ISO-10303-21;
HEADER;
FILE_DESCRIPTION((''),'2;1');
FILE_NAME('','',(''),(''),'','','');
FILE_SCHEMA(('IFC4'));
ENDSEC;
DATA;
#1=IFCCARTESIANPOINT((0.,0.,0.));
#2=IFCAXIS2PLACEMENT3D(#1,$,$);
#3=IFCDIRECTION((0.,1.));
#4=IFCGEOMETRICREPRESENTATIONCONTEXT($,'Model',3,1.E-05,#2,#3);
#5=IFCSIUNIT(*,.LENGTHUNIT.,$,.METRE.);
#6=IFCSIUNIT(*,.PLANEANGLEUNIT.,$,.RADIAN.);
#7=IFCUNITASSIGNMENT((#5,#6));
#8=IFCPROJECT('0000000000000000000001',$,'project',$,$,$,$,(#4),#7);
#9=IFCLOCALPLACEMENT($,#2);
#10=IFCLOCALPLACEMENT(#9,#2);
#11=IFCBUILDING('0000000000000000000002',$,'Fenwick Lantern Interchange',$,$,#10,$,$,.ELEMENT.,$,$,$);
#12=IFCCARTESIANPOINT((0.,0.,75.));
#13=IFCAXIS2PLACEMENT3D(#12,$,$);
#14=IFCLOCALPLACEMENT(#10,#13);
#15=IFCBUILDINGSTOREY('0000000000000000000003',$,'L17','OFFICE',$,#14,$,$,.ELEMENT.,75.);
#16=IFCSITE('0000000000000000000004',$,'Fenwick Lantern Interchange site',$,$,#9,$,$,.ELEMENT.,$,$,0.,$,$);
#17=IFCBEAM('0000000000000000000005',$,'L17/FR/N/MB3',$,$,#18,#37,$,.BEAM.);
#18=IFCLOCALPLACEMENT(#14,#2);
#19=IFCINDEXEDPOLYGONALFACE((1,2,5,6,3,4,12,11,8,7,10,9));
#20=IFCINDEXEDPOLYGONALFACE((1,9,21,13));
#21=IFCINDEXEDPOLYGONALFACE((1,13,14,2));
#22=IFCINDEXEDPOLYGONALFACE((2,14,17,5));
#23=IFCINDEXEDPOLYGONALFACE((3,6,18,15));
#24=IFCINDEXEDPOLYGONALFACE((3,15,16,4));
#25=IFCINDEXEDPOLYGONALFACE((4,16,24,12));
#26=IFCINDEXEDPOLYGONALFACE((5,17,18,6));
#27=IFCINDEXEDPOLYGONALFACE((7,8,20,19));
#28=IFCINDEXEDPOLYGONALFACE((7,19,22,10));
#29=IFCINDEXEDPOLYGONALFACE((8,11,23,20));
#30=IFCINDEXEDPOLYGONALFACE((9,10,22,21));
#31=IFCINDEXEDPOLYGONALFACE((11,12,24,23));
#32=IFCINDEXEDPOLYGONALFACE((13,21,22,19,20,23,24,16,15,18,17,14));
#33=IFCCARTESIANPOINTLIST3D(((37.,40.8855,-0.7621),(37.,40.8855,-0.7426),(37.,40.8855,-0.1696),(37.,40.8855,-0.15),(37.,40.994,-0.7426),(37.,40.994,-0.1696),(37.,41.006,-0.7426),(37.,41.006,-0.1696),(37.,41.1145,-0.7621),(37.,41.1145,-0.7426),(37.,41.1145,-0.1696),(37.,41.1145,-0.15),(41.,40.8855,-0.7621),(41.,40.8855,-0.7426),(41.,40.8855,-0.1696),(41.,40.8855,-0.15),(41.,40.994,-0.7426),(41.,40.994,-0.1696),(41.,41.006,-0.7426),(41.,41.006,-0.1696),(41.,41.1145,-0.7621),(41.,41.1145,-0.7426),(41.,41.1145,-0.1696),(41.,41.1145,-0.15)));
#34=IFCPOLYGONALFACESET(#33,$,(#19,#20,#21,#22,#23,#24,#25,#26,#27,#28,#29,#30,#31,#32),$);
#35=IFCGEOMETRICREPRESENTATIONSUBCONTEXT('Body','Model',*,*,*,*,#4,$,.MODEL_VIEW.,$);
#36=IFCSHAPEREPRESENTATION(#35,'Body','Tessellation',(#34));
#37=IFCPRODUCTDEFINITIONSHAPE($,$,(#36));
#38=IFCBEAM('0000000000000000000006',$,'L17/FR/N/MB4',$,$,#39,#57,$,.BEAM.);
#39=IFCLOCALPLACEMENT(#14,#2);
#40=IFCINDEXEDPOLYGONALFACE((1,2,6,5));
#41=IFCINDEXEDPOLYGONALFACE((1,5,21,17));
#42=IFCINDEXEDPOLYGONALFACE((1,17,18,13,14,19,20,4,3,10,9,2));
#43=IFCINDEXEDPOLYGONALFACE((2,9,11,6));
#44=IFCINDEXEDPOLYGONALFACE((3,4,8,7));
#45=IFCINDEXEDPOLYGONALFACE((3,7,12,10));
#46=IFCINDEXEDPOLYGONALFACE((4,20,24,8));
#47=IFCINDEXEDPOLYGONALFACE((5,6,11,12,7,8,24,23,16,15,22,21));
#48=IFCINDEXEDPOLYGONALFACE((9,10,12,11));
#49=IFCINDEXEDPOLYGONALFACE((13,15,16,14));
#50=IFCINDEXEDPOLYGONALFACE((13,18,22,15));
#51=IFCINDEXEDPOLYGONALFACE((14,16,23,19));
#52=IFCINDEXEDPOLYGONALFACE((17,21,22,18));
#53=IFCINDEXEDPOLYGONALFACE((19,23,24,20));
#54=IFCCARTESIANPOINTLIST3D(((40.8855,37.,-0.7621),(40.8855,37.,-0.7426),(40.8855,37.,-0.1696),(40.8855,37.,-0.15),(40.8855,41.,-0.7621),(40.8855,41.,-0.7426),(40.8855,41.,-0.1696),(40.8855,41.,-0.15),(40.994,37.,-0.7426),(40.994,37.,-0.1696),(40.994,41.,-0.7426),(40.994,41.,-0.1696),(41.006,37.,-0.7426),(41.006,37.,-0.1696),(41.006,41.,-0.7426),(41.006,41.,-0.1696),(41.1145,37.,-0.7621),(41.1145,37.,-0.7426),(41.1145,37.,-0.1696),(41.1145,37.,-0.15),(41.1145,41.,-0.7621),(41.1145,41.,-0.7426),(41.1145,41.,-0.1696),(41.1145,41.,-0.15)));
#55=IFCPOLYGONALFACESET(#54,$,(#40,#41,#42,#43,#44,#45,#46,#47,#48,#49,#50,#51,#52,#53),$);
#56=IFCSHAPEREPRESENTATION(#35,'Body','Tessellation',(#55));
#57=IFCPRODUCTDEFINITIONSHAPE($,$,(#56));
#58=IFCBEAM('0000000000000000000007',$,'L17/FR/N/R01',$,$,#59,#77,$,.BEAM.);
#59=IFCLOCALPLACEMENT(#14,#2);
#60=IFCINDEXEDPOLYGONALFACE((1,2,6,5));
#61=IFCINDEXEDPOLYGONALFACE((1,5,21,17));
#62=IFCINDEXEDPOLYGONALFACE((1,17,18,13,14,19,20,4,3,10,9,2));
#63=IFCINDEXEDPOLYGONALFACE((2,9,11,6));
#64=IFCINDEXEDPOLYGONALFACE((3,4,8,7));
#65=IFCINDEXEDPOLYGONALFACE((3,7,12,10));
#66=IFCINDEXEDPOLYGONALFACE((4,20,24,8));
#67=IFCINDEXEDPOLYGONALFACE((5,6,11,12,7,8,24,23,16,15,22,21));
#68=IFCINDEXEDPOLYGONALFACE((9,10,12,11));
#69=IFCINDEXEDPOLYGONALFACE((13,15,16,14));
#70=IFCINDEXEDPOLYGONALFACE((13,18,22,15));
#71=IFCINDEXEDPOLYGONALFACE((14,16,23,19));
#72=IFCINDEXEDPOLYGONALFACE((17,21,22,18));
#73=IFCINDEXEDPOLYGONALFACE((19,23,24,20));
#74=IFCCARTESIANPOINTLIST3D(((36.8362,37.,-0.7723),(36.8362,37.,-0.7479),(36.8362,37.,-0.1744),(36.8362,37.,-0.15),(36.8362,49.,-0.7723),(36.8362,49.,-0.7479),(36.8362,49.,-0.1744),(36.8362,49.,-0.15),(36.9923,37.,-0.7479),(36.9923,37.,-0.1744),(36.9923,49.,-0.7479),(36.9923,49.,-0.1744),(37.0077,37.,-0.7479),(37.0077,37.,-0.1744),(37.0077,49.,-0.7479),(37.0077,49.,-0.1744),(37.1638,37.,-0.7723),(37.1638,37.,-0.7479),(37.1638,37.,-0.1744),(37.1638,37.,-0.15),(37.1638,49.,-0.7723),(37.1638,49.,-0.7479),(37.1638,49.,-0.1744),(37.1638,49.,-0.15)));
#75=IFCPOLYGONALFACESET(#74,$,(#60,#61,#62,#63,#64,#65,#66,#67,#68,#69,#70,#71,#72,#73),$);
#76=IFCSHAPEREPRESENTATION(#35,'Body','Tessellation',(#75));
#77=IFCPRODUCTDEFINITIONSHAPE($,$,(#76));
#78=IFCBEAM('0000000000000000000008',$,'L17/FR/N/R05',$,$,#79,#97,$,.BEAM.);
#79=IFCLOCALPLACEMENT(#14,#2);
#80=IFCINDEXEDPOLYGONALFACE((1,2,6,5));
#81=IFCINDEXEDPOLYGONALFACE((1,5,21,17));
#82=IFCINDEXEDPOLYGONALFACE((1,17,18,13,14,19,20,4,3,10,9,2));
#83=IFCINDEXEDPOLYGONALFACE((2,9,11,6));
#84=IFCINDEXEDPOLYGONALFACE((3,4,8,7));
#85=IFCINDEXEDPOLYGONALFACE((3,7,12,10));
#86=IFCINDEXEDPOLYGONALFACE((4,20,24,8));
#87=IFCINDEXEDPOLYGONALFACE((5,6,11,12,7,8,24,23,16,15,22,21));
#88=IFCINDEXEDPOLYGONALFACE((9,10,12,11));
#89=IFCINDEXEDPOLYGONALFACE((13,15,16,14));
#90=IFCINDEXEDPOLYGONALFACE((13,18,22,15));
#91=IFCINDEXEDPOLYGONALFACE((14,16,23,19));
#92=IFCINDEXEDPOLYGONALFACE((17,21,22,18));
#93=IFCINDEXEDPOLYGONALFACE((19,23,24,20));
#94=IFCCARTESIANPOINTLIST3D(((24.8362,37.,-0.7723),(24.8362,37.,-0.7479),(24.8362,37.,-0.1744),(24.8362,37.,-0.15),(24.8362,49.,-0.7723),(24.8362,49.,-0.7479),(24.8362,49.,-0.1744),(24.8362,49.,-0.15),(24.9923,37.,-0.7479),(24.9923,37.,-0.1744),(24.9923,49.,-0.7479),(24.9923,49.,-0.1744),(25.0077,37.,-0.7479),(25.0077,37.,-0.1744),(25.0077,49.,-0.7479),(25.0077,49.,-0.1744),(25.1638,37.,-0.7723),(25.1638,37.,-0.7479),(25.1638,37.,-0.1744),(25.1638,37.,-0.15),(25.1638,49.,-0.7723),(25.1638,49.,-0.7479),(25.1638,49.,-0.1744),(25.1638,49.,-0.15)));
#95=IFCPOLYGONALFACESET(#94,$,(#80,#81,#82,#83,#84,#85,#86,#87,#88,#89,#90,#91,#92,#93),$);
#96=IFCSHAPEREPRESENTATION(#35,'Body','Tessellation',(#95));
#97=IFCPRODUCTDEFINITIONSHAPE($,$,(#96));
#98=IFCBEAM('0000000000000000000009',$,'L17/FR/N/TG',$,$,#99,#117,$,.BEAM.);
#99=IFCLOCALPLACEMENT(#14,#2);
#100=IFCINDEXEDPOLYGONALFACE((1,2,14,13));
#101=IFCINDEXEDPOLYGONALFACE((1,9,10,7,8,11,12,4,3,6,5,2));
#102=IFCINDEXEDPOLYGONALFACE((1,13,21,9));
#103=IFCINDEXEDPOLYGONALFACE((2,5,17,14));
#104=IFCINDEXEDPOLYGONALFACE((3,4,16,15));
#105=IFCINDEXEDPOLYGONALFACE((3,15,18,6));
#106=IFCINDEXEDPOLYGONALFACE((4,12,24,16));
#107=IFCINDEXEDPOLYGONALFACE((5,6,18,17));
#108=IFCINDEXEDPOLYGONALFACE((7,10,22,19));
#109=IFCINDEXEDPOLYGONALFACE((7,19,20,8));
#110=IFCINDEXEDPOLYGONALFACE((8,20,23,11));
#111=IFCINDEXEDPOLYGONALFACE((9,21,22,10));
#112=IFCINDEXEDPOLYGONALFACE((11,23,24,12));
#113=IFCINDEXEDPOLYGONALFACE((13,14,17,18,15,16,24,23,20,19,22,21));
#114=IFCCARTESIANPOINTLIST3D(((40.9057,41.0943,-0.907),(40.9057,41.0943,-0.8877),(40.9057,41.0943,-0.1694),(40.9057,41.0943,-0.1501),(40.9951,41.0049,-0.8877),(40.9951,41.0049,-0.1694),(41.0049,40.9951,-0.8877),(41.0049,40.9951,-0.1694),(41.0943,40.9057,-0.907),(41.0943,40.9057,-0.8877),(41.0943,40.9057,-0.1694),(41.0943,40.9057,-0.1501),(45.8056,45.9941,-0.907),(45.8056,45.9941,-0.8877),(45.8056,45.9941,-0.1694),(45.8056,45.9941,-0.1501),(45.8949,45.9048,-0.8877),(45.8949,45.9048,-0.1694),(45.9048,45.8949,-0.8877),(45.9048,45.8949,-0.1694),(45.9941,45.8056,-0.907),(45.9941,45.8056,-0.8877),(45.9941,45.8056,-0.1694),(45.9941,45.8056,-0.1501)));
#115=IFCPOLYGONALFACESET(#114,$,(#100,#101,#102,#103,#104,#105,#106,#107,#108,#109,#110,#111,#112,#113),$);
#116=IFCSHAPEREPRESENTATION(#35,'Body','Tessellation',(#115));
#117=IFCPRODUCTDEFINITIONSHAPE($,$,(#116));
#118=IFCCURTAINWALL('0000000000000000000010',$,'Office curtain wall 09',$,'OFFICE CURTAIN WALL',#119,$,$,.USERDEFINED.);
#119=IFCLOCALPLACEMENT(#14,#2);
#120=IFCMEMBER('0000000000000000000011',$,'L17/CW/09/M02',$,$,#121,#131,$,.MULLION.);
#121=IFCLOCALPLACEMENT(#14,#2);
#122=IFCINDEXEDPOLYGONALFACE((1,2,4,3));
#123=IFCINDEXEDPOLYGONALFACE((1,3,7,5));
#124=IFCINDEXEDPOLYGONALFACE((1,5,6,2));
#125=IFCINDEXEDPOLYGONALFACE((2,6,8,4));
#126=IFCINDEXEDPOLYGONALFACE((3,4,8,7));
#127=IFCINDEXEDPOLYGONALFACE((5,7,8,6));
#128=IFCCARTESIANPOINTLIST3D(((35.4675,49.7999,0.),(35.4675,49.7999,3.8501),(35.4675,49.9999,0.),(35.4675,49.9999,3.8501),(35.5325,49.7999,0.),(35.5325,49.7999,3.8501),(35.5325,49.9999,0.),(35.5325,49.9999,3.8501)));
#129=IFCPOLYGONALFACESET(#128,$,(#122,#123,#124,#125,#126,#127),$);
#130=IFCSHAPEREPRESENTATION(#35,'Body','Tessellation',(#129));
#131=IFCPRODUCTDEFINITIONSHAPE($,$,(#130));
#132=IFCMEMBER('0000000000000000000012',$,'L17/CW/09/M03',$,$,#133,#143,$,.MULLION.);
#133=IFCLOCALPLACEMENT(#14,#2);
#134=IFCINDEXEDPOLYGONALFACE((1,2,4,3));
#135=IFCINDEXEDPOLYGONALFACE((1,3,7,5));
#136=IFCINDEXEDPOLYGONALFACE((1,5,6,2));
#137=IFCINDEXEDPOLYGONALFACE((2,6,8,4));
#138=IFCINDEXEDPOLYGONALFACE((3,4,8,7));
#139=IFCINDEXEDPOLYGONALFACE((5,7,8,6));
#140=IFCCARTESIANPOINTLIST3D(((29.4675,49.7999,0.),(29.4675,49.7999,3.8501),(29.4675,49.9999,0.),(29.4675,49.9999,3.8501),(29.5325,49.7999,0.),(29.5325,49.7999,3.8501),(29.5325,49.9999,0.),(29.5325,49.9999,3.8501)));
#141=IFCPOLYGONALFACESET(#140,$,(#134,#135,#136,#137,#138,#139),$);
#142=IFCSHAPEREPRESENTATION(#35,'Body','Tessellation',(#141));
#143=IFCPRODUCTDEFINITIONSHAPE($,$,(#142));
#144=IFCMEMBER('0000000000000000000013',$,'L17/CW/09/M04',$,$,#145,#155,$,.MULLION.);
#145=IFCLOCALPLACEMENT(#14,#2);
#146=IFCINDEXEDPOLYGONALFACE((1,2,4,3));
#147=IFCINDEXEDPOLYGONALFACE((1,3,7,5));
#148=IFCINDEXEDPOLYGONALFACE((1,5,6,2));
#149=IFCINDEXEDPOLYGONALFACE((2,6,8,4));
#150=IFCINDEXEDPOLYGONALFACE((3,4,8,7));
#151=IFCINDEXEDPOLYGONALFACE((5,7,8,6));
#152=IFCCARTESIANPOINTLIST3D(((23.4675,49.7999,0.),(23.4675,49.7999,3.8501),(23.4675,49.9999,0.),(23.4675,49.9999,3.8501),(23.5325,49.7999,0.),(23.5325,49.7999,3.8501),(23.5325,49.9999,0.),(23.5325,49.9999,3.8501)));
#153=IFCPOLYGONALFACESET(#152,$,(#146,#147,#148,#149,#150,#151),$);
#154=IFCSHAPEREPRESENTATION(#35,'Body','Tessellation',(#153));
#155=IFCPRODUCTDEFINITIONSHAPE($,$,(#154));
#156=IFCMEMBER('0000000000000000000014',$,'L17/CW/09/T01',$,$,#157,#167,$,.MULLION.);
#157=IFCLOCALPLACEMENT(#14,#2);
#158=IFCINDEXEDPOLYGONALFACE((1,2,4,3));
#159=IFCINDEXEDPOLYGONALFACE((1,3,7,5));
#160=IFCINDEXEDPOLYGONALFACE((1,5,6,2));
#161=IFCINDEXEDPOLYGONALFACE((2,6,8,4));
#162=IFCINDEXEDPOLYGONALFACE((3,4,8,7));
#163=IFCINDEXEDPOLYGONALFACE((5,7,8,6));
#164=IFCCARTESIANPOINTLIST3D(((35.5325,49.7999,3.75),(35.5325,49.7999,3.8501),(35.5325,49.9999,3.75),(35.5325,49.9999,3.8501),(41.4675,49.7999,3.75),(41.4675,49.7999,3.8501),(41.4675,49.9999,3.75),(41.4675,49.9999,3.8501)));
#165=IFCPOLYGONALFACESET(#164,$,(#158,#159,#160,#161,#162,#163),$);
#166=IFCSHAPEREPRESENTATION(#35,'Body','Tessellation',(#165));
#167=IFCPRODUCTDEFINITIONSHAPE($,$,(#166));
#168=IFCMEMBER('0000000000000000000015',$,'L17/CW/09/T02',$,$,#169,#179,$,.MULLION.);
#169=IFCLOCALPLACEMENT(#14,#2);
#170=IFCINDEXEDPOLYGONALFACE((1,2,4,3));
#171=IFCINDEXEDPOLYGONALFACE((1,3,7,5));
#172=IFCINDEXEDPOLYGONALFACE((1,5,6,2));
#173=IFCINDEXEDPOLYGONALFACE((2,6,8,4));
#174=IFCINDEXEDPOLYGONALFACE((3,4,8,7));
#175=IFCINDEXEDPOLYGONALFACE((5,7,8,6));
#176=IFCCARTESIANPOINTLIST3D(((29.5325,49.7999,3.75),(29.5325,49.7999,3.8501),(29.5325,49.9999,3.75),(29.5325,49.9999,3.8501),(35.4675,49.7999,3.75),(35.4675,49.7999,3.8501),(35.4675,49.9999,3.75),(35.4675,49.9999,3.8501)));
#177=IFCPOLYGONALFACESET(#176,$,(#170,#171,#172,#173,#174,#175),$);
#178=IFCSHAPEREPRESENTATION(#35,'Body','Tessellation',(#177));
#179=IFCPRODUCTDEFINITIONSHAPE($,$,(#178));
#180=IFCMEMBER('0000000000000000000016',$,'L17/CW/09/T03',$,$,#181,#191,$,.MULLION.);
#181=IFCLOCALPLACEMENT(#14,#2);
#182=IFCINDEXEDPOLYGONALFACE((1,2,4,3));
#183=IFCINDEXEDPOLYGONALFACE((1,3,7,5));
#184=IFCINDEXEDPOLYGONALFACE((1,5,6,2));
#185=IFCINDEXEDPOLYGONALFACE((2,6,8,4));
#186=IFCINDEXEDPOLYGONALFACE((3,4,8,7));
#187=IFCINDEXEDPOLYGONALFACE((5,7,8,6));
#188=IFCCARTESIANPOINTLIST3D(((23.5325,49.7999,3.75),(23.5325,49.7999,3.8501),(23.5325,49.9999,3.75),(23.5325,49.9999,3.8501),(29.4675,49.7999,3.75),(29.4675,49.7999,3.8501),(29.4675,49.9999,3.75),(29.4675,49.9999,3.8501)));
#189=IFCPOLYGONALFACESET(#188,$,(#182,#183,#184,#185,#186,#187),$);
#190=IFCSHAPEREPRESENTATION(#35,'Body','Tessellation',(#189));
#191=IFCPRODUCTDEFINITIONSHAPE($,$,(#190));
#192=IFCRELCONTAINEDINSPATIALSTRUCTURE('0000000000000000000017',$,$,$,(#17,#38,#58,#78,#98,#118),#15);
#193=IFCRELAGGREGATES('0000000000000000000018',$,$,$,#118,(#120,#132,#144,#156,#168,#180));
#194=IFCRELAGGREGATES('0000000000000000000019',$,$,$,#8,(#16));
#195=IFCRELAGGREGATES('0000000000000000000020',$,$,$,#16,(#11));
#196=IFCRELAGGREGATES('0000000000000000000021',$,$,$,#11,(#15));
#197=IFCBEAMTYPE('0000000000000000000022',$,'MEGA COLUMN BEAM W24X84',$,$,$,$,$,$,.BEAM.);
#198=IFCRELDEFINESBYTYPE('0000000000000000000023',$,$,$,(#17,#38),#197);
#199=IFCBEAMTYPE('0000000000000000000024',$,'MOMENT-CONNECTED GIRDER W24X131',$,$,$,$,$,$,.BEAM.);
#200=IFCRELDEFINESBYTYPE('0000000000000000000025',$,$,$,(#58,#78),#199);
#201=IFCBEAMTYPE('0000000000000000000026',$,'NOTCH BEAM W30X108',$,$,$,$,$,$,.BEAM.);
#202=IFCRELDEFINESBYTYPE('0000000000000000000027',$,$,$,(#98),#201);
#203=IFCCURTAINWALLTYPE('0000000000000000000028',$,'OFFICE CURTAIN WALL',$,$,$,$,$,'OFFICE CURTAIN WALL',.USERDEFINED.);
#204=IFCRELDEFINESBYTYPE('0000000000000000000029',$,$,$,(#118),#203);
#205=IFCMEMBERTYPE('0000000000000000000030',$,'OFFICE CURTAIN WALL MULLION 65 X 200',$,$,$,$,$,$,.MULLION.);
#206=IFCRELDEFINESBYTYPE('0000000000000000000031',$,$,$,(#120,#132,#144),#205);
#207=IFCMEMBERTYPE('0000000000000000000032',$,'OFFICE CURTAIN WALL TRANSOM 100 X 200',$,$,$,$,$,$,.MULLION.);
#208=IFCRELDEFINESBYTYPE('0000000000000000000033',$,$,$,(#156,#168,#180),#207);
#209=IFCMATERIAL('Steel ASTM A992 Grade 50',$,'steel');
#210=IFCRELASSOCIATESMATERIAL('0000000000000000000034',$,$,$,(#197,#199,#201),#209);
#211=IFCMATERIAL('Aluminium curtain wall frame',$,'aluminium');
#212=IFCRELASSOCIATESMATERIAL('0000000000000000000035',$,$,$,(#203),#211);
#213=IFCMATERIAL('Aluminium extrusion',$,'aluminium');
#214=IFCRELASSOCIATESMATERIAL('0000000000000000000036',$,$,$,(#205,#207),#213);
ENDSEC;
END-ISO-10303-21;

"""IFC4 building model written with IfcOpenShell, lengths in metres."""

from ifc_helpers import new_model, si_unit, direction, frame, origin, origin_2d, place, context, subcontext, project, spatial, rectangle, i_section, extrude, material, material_profile, profile_set, type_object, element, aggregate, save


model = new_model("IFC4")

# Units and contexts
model_context = context("Model", 3, precision=1e-05, world=origin(), true_north=direction((0.0, 1.0)))
body_context = subcontext(model_context, "Body", "Model", "MODEL_VIEW")
ifc_project = project(units=[si_unit("LENGTHUNIT", "METRE"), si_unit("PLANEANGLEUNIT", "RADIAN")], contexts=[model_context])

# Site, building, storey
site_placement = place(None, origin())
site = spatial("IfcSite", under=ifc_project, at=site_placement, Name="Fenwick Lantern Interchange site", CompositionType="ELEMENT", RefElevation=0.0)
building_placement = place(site_placement, origin())
building = spatial("IfcBuilding", under=site, at=building_placement, Name="Fenwick Lantern Interchange", CompositionType="ELEMENT")
storey_placement = place(building_placement, frame((0.0, 0.0, 75.0)))
storey = spatial("IfcBuildingStorey", under=building, at=storey_placement, Name="L17", Description="OFFICE", CompositionType="ELEMENT", Elevation=75.0)

# Beams
ifc_material_1 = material(Name="Steel ASTM A992 Grade 50", Category="steel")
ifc_material_profile_1 = material_profile(ifc_material_1, i_section(OverallWidth=0.229, OverallDepth=0.6121, WebThickness=0.012, FlangeThickness=0.0195, at=origin_2d()), Name="W24X84")
ifc_profile_set_1 = profile_set([ifc_material_profile_1], Name="Steel ASTM A992 Grade 50")
beam_type_1 = type_object("IfcBeamType", Name="MEGA COLUMN BEAM W24X84", PredefinedType="BEAM", material=ifc_profile_set_1)
for number, where, z_axis, x_axis, name in (
    (1, (41.0, 41.0, -0.4561), (-1.0, 0.0, 0.0), (0.0, -1.0, 0.0), "L17/FR/N/MB3"),
    (2, (41.0, 41.0, -0.4561), (0.0, -1.0, 0.0), (1.0, 0.0, 0.0), "L17/FR/N/MB4"),
):
    element("IfcBeam", number, at=place(storey_placement, frame(where, z_axis=z_axis, x_axis=x_axis)), inside=storey, type_object=beam_type_1, Name=name, PredefinedType="BEAM", context=body_context, shape_type="SweptSolid", body=[
        extrude(i_section(OverallWidth=0.229, OverallDepth=0.6121, WebThickness=0.012, FlangeThickness=0.0195, at=origin_2d()), origin(), (0.0, 0.0, 1.0), 4.0),
    ])
ifc_material_profile_2 = material_profile(ifc_material_1, i_section(OverallWidth=0.3276, OverallDepth=0.6223, WebThickness=0.0154, FlangeThickness=0.0244, at=origin_2d()), Name="W24X131")
ifc_profile_set_2 = profile_set([ifc_material_profile_2], Name="Steel ASTM A992 Grade 50")
beam_type_2 = type_object("IfcBeamType", Name="MOMENT-CONNECTED GIRDER W24X131", PredefinedType="BEAM", material=ifc_profile_set_2)
for number, where, z_axis, x_axis, name in (
    (3, (37.0, 49.0, -0.4612), (0.0, -1.0, 0.0), (1.0, 0.0, 0.0), "L17/FR/N/R01"),
    (4, (25.0, 49.0, -0.4612), (0.0, -1.0, 0.0), (1.0, 0.0, 0.0), "L17/FR/N/R05"),
):
    element("IfcBeam", number, at=place(storey_placement, frame(where, z_axis=z_axis, x_axis=x_axis)), inside=storey, type_object=beam_type_2, Name=name, PredefinedType="BEAM", context=body_context, shape_type="SweptSolid", body=[
        extrude(i_section(OverallWidth=0.3276, OverallDepth=0.6223, WebThickness=0.0154, FlangeThickness=0.0244, at=origin_2d()), origin(), (0.0, 0.0, 1.0), 12.0),
    ])
ifc_material_profile_3 = material_profile(ifc_material_1, i_section(OverallWidth=0.2666, OverallDepth=0.7568, WebThickness=0.0139, FlangeThickness=0.0193, at=origin_2d()), Name="W30X108")
ifc_profile_set_3 = profile_set([ifc_material_profile_3], Name="Steel ASTM A992 Grade 50")
beam_type_3 = type_object("IfcBeamType", Name="NOTCH BEAM W30X108", PredefinedType="BEAM", material=ifc_profile_set_3)
beam_1_placement = place(storey_placement, frame((41.0, 41.0, -0.5286), z_axis=(0.707107, 0.707107, 0.0), x_axis=(-0.707107, 0.707107, 0.0)))
element("IfcBeam", 5, at=beam_1_placement, inside=storey, type_object=beam_type_3, Name="L17/FR/N/TG", PredefinedType="BEAM", context=body_context, shape_type="SweptSolid", body=[
    extrude(i_section(OverallWidth=0.2666, OverallDepth=0.7568, WebThickness=0.0139, FlangeThickness=0.0193, at=origin_2d()), origin(), (0.0, 0.0, 1.0), 6.9294),
])

# Curtain wall, members
ifc_material_2 = material(Name="Aluminium curtain wall frame", Category="aluminium")
curtain_wall_type = type_object("IfcCurtainWallType", Name="OFFICE CURTAIN WALL", ElementType="OFFICE CURTAIN WALL", PredefinedType="USERDEFINED", material=ifc_material_2)
curtain_wall_placement = place(storey_placement, origin())
curtain_wall = element("IfcCurtainWall", 6, at=curtain_wall_placement, inside=storey, type_object=curtain_wall_type, Name="Office curtain wall 09", ObjectType="OFFICE CURTAIN WALL", PredefinedType="USERDEFINED")
ifc_material_3 = material(Name="Aluminium extrusion", Category="aluminium")
ifc_material_profile_4 = material_profile(ifc_material_3, rectangle(XDim=0.2, YDim=0.0649, at=origin_2d()), Name="OFFICE CURTAIN WALL MULLION 65 X 200")
ifc_profile_set_4 = profile_set([ifc_material_profile_4], Name="Aluminium extrusion")
member_type_1 = type_object("IfcMemberType", Name="OFFICE CURTAIN WALL MULLION 65 X 200", PredefinedType="MULLION", material=ifc_profile_set_4)
member_1_placement = place(storey_placement, frame((35.5, 49.8999, 0.0), z_axis=(0.0, 0.0, 1.0), x_axis=(0.0, -1.0, 0.0)))
member_1 = element("IfcMember", 7, at=member_1_placement, type_object=member_type_1, Name="L17/CW/09/M02", PredefinedType="MULLION", context=body_context, shape_type="SweptSolid", body=[
    extrude(rectangle(XDim=0.2, YDim=0.0649, at=origin_2d()), origin(), (0.0, 0.0, 1.0), 3.8501),
])
member_2_placement = place(storey_placement, frame((29.5, 49.8999, 0.0), z_axis=(0.0, 0.0, 1.0), x_axis=(0.0, -1.0, 0.0)))
member_2 = element("IfcMember", 8, at=member_2_placement, type_object=member_type_1, Name="L17/CW/09/M03", PredefinedType="MULLION", context=body_context, shape_type="SweptSolid", body=[
    extrude(rectangle(XDim=0.2, YDim=0.0649, at=origin_2d()), origin(), (0.0, 0.0, 1.0), 3.8501),
])
member_3_placement = place(storey_placement, frame((23.5, 49.8999, 0.0), z_axis=(0.0, 0.0, 1.0), x_axis=(0.0, -1.0, 0.0)))
member_3 = element("IfcMember", 9, at=member_3_placement, type_object=member_type_1, Name="L17/CW/09/M04", PredefinedType="MULLION", context=body_context, shape_type="SweptSolid", body=[
    extrude(rectangle(XDim=0.2, YDim=0.0649, at=origin_2d()), origin(), (0.0, 0.0, 1.0), 3.8501),
])
ifc_material_profile_5 = material_profile(ifc_material_3, rectangle(XDim=0.2, YDim=0.1001, at=origin_2d()), Name="OFFICE CURTAIN WALL TRANSOM 100 X 200")
ifc_profile_set_5 = profile_set([ifc_material_profile_5], Name="Aluminium extrusion")
member_type_2 = type_object("IfcMemberType", Name="OFFICE CURTAIN WALL TRANSOM 100 X 200", PredefinedType="MULLION", material=ifc_profile_set_5)
member_4_placement = place(storey_placement, frame((41.4675, 49.8999, 3.8), z_axis=(-1.0, 0.0, 0.0), x_axis=(0.0, -1.0, 0.0)))
member_4 = element("IfcMember", 10, at=member_4_placement, type_object=member_type_2, Name="L17/CW/09/T01", PredefinedType="MULLION", context=body_context, shape_type="SweptSolid", body=[
    extrude(rectangle(XDim=0.2, YDim=0.1001, at=origin_2d()), origin(), (0.0, 0.0, 1.0), 5.9351),
])
member_5_placement = place(storey_placement, frame((35.4675, 49.8999, 3.8), z_axis=(-1.0, 0.0, 0.0), x_axis=(0.0, -1.0, 0.0)))
member_5 = element("IfcMember", 11, at=member_5_placement, type_object=member_type_2, Name="L17/CW/09/T02", PredefinedType="MULLION", context=body_context, shape_type="SweptSolid", body=[
    extrude(rectangle(XDim=0.2, YDim=0.1001, at=origin_2d()), origin(), (0.0, 0.0, 1.0), 5.9351),
])
member_6_placement = place(storey_placement, frame((29.4675, 49.8999, 3.8), z_axis=(-1.0, 0.0, 0.0), x_axis=(0.0, -1.0, 0.0)))
member_6 = element("IfcMember", 12, at=member_6_placement, type_object=member_type_2, Name="L17/CW/09/T03", PredefinedType="MULLION", context=body_context, shape_type="SweptSolid", body=[
    extrude(rectangle(XDim=0.2, YDim=0.1001, at=origin_2d()), origin(), (0.0, 0.0, 1.0), 5.9351),
])
aggregate(curtain_wall, [member_1, member_2, member_3, member_4, member_5, member_6])

save(model, "model.ifc")
